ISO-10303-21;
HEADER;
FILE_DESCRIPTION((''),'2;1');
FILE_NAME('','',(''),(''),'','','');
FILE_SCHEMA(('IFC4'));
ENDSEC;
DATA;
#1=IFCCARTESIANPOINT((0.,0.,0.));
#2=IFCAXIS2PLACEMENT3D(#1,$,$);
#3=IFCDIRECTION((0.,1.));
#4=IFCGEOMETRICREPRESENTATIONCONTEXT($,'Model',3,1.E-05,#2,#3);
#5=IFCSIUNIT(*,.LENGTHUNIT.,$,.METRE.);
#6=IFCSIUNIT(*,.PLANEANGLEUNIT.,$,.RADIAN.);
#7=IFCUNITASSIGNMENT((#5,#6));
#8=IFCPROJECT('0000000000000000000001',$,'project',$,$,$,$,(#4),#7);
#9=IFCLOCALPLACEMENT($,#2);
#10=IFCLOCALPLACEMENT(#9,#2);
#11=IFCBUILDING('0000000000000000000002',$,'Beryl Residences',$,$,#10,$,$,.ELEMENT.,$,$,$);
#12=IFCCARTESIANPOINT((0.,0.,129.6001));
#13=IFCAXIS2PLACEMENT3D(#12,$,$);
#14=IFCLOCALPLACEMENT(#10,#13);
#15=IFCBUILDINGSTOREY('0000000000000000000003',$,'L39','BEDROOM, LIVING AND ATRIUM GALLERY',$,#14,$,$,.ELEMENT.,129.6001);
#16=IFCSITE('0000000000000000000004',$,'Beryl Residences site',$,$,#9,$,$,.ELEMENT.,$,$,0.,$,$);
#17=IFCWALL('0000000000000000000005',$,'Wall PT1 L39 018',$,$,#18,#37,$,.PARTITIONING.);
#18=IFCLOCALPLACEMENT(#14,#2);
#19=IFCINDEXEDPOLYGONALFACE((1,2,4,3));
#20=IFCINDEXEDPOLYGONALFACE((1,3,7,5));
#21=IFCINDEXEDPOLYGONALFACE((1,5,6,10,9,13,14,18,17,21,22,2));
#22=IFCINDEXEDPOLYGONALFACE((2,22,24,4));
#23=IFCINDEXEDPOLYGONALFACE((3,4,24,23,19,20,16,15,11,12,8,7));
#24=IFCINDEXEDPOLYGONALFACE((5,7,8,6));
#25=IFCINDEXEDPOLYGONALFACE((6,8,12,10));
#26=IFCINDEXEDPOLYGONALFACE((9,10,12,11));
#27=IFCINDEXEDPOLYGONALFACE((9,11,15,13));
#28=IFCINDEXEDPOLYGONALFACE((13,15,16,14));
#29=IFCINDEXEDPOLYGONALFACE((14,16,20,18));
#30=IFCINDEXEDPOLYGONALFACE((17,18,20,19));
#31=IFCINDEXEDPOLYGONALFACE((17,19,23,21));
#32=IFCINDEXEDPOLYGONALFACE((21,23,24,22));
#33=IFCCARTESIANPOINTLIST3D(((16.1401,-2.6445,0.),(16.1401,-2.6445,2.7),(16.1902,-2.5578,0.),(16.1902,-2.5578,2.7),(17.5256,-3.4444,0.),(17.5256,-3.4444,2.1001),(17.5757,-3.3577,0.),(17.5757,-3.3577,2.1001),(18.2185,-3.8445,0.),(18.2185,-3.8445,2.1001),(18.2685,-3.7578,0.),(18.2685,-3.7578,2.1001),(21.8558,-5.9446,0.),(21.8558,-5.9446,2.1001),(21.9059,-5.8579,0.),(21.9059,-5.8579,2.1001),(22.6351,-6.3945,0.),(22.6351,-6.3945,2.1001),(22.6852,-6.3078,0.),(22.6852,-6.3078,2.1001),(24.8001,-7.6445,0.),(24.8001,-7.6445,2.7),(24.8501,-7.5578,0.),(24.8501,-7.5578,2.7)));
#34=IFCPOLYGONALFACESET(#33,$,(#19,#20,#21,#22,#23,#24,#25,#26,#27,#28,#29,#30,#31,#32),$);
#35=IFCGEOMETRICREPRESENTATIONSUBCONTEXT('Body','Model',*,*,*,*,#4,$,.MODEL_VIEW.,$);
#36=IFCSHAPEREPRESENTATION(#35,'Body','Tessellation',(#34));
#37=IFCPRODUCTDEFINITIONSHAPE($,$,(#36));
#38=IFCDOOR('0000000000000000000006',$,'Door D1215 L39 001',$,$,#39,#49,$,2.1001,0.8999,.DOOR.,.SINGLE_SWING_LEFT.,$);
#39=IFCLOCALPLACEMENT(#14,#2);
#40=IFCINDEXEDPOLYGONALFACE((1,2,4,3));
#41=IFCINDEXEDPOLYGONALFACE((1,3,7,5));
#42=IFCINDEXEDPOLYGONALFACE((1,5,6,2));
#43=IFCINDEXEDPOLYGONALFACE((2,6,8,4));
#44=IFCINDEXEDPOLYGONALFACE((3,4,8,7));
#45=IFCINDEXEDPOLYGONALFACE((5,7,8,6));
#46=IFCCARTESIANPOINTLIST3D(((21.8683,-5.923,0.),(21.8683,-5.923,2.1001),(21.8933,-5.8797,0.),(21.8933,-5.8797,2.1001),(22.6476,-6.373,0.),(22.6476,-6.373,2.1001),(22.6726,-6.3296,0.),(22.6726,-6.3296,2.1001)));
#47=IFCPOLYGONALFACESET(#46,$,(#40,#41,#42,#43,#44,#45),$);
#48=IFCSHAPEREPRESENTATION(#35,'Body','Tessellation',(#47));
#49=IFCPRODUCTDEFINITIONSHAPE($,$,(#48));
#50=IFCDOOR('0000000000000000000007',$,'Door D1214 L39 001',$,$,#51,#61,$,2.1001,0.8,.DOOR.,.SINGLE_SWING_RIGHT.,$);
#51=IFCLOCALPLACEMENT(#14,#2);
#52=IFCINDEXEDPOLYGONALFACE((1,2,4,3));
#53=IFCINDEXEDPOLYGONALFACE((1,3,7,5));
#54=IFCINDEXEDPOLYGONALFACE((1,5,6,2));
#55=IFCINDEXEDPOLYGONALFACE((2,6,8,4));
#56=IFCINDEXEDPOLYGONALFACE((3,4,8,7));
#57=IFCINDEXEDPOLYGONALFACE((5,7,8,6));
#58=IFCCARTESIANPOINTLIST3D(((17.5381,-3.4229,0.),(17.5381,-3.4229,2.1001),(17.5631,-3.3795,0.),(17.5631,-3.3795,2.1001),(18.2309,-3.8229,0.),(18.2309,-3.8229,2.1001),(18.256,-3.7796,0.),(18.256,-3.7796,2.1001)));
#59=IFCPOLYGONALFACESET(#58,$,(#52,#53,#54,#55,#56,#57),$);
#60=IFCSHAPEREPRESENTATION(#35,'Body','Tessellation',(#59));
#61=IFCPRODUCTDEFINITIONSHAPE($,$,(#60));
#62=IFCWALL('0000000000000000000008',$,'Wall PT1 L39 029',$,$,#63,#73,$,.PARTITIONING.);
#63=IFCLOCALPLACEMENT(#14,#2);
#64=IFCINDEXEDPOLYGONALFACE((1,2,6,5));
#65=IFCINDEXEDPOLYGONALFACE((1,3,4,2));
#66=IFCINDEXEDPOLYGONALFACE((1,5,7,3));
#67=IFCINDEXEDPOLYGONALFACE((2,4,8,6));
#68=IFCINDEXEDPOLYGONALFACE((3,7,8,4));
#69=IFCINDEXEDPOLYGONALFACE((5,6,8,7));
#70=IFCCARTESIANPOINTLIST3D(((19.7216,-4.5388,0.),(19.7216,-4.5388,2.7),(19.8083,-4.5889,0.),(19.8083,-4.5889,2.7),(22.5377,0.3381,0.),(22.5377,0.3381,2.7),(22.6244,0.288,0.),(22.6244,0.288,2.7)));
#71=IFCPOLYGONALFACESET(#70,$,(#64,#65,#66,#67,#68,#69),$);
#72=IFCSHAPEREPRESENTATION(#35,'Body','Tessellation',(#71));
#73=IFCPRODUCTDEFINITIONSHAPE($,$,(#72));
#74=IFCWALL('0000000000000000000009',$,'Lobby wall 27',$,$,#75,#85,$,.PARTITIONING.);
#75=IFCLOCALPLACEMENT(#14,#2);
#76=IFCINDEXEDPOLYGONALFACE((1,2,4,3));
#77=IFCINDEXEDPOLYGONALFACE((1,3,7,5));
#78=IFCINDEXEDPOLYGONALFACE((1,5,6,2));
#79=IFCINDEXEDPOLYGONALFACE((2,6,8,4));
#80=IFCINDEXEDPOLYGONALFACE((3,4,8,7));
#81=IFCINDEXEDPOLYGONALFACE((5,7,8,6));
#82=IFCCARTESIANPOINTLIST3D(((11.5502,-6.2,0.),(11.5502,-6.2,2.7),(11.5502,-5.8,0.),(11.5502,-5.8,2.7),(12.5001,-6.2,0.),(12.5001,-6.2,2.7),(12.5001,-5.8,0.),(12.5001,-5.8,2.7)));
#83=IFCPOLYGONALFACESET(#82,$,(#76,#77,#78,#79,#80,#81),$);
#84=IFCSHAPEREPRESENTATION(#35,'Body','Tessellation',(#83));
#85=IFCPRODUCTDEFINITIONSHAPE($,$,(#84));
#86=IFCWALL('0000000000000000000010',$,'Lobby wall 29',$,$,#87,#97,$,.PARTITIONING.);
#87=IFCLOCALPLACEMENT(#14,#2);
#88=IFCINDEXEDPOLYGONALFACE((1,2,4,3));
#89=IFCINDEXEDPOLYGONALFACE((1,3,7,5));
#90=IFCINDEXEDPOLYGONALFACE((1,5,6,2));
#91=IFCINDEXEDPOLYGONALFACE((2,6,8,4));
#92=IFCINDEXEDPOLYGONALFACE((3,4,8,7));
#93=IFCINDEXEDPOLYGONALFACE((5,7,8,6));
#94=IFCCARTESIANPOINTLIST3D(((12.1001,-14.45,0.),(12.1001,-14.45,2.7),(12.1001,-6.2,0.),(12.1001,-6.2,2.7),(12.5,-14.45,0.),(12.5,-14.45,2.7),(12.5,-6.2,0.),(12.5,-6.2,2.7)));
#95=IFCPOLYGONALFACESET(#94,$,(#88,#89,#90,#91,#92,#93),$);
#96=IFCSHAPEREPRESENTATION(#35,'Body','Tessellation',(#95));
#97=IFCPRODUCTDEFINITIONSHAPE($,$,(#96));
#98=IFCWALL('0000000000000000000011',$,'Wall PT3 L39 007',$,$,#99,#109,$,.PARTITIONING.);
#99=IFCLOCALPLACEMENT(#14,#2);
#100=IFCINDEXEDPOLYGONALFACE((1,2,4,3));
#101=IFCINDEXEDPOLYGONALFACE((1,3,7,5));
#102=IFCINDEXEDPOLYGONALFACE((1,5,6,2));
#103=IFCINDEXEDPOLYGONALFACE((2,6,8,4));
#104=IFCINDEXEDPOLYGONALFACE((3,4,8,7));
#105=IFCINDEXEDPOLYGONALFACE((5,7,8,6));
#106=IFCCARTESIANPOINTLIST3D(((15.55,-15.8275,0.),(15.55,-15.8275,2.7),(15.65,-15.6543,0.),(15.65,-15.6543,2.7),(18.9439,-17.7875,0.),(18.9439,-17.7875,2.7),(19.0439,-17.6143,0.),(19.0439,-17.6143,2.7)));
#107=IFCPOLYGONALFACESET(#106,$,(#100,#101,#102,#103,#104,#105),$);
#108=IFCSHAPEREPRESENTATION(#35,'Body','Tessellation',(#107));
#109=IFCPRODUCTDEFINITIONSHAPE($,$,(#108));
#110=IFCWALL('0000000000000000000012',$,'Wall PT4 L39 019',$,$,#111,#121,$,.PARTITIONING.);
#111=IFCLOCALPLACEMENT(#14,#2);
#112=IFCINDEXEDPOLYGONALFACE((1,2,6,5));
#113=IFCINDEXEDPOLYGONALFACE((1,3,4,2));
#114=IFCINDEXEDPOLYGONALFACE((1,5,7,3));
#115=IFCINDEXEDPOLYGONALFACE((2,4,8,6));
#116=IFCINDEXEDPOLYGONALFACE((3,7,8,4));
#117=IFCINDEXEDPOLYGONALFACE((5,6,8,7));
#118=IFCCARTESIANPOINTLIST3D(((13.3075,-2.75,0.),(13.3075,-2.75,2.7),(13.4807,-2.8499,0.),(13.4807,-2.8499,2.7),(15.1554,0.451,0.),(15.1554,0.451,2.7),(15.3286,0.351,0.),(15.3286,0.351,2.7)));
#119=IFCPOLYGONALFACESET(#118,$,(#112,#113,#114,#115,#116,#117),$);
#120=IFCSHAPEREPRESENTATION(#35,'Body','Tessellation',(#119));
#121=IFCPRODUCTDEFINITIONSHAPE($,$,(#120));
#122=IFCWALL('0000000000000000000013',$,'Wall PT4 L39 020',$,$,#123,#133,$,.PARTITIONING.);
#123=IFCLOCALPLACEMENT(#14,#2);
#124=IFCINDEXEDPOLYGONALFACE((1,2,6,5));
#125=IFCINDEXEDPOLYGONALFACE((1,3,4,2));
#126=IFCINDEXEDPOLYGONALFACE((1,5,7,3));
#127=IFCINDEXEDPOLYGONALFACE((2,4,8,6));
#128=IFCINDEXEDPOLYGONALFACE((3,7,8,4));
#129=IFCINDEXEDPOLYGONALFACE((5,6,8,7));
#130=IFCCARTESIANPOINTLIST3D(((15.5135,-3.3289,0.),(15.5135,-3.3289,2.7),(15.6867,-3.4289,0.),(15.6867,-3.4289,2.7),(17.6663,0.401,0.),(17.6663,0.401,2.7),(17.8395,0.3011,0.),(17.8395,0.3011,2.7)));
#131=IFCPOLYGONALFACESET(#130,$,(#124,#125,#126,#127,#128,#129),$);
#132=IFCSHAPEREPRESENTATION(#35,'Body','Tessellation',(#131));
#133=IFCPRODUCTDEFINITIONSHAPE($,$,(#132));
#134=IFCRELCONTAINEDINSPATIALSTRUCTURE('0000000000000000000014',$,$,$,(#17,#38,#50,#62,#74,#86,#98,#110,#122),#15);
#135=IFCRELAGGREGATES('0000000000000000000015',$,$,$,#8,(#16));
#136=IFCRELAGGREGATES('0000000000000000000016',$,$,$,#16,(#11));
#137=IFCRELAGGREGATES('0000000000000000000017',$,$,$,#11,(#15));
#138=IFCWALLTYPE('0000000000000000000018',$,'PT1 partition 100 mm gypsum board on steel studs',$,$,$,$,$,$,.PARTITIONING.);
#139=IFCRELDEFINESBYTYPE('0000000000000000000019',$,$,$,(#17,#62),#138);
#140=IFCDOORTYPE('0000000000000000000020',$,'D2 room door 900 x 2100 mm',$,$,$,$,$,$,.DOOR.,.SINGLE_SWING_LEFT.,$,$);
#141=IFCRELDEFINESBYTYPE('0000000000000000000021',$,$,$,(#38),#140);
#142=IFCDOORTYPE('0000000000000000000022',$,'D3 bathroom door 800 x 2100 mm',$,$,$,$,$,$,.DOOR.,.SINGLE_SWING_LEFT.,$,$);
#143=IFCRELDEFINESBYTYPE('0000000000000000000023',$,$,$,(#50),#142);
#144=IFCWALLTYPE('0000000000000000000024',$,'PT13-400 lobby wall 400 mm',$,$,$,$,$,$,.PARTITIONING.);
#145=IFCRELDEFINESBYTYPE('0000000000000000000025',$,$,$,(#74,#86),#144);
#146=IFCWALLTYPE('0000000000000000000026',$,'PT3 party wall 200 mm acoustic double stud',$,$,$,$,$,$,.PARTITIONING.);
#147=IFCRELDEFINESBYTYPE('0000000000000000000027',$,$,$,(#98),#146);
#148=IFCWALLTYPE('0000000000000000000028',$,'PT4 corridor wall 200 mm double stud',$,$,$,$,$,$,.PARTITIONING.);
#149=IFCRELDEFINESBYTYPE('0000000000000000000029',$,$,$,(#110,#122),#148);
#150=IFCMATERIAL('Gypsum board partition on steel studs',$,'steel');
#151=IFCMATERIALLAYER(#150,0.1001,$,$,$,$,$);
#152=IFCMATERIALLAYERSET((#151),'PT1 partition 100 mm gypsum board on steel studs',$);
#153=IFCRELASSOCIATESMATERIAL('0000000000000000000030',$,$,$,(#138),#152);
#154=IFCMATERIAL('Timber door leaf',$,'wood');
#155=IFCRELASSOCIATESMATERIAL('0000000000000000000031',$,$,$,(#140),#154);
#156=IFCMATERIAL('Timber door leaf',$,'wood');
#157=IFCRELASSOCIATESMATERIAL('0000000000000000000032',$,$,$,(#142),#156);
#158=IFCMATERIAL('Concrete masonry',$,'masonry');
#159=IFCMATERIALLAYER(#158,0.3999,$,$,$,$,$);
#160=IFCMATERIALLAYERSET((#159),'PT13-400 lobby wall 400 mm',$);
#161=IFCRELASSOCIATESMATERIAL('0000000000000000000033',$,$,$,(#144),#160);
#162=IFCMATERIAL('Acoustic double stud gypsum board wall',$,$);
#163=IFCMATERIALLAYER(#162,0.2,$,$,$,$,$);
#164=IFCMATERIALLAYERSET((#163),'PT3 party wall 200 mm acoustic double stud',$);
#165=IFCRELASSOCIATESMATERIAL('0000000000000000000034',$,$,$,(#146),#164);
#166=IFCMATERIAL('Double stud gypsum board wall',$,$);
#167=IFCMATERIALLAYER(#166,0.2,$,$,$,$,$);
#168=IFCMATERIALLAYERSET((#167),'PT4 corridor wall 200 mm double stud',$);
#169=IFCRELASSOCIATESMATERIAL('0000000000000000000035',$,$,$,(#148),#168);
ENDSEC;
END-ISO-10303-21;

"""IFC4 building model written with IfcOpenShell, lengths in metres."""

from ifc_helpers import new_model, si_unit, direction, frame, frame_2d, origin, place, context, subcontext, project, spatial, rectangle, extrude, material, layer, layer_set, type_object, element, fill, save


model = new_model("IFC4")

# Units and contexts
model_context = context("Model", 3, precision=1e-05, world=origin(), true_north=direction((0.0, 1.0)))
body_context = subcontext(model_context, "Body", "Model", "MODEL_VIEW")
ifc_project = project(units=[si_unit("LENGTHUNIT", "METRE"), si_unit("PLANEANGLEUNIT", "RADIAN")], contexts=[model_context])

# Site, building, storey
site_placement = place(None, origin())
site = spatial("IfcSite", under=ifc_project, at=site_placement, Name="Beryl Residences site", CompositionType="ELEMENT", RefElevation=0.0)
building_placement = place(site_placement, origin())
building = spatial("IfcBuilding", under=site, at=building_placement, Name="Beryl Residences", CompositionType="ELEMENT")
storey_placement = place(building_placement, frame((0.0, 0.0, 129.6001)))
storey = spatial("IfcBuildingStorey", under=building, at=storey_placement, Name="L39", Description="BEDROOM, LIVING AND ATRIUM GALLERY", CompositionType="ELEMENT", Elevation=129.6001)

# Shared definitions
ifc_material_1 = material(Name="Gypsum board partition on steel studs", Category="steel")
ifc_layer_1 = layer(ifc_material_1, 0.1001)
ifc_layer_set_1 = layer_set([ifc_layer_1], Name="PT1 partition 100 mm gypsum board on steel studs")
wall_type_1 = type_object("IfcWallType", Name="PT1 partition 100 mm gypsum board on steel studs", PredefinedType="PARTITIONING", material=ifc_layer_set_1)
ifc_material_2 = material(Name="Timber door leaf", Category="wood")
door_type_1 = type_object("IfcDoorType", Name="D2 room door 900 x 2100 mm", OperationType="SINGLE_SWING_LEFT", PredefinedType="DOOR", material=ifc_material_2)

# Wall, openings, doors
wall_1_placement = place(storey_placement, frame((16.165, -2.6011, 0.0), z_axis=(0.0, 0.0, 1.0), x_axis=(0.866017, -0.500015, 0.0)))
wall_1 = element("IfcWall", 1, at=wall_1_placement, inside=storey, type_object=wall_type_1, Name="Wall PT1 L39 018", PredefinedType="PARTITIONING", context=body_context, shape_type="SweptSolid", body=[
    extrude(rectangle(XDim=9.9998, YDim=0.1001, at=frame_2d((5.0, 0.0))), origin(), (0.0, 0.0, 1.0), 2.7),
])
opening_1_placement = place(wall_1_placement, frame((1.6001, 0.0, 0.0)))
opening_1 = element("IfcOpeningElement", 2, at=opening_1_placement, cuts=wall_1, PredefinedType="OPENING", context=body_context, shape_type="SweptSolid", body=[
    extrude(rectangle(XDim=0.8, YDim=2.1001, at=frame_2d((0.3999, 1.05))), frame((0.0, 0.0601, 0.0), z_axis=(0.0, -1.0, 0.0), x_axis=(1.0, 0.0, 0.0)), (0.0, 0.0, 1.0), 0.1201),
])
opening_2_placement = place(wall_1_placement, frame((6.6001, 0.0, 0.0)))
opening_2 = element("IfcOpeningElement", 3, at=opening_2_placement, cuts=wall_1, PredefinedType="OPENING", context=body_context, shape_type="SweptSolid", body=[
    extrude(rectangle(XDim=0.8999, YDim=2.1001, at=frame_2d((0.45, 1.05))), frame((0.0, 0.0601, 0.0), z_axis=(0.0, -1.0, 0.0), x_axis=(1.0, 0.0, 0.0)), (0.0, 0.0, 1.0), 0.1201),
])
door_1_placement = place(opening_2_placement, origin())
door_1 = element("IfcDoor", 4, at=door_1_placement, inside=storey, type_object=door_type_1, Name="Door D1215 L39 001", OperationType="SINGLE_SWING_LEFT", OverallHeight=2.1001, OverallWidth=0.8999, PredefinedType="DOOR", context=body_context, shape_type="SweptSolid", body=[
    extrude(rectangle(XDim=0.8999, YDim=2.1001, at=frame_2d((0.45, 1.05))), frame((0.0, 0.0249, 0.0), z_axis=(0.0, -1.0, 0.0), x_axis=(1.0, 0.0, 0.0)), (0.0, 0.0, 1.0), 0.05),
])
fill(opening_2, door_1)
ifc_material_3 = material(Name="Timber door leaf", Category="wood")
door_type_2 = type_object("IfcDoorType", Name="D3 bathroom door 800 x 2100 mm", OperationType="SINGLE_SWING_LEFT", PredefinedType="DOOR", material=ifc_material_3)
door_2_placement = place(opening_1_placement, origin())
door_2 = element("IfcDoor", 5, at=door_2_placement, inside=storey, type_object=door_type_2, Name="Door D1214 L39 001", OperationType="SINGLE_SWING_RIGHT", OverallHeight=2.1001, OverallWidth=0.8, PredefinedType="DOOR", context=body_context, shape_type="SweptSolid", body=[
    extrude(rectangle(XDim=0.8, YDim=2.1001, at=frame_2d((0.3999, 1.05))), frame((0.0, 0.0249, 0.0), z_axis=(0.0, -1.0, 0.0), x_axis=(1.0, 0.0, 0.0)), (0.0, 0.0, 1.0), 0.05),
])
fill(opening_1, door_2)

# Walls
wall_2_placement = place(storey_placement, frame((19.7649, -4.564, 0.0), z_axis=(0.0, 0.0, 1.0), x_axis=(0.50006, 0.865991, 0.0)))
element("IfcWall", 6, at=wall_2_placement, inside=storey, type_object=wall_type_1, Name="Wall PT1 L39 029", PredefinedType="PARTITIONING", context=body_context, shape_type="SweptSolid", body=[
    extrude(rectangle(XDim=5.6316, YDim=0.1001, at=frame_2d((2.8159, 0.0))), origin(), (0.0, 0.0, 1.0), 2.7),
])
ifc_material_4 = material(Name="Concrete masonry", Category="masonry")
ifc_layer_2 = layer(ifc_material_4, 0.3999)
ifc_layer_set_2 = layer_set([ifc_layer_2], Name="PT13-400 lobby wall 400 mm")
wall_type_2 = type_object("IfcWallType", Name="PT13-400 lobby wall 400 mm", PredefinedType="PARTITIONING", material=ifc_layer_set_2)
wall_3_placement = place(storey_placement, frame((11.55, -6.0, 0.0), z_axis=(0.0, 0.0, 1.0), x_axis=(1.0, 0.0, 0.0)))
element("IfcWall", 7, at=wall_3_placement, inside=storey, type_object=wall_type_2, Name="Lobby wall 27", PredefinedType="PARTITIONING", context=body_context, shape_type="SweptSolid", body=[
    extrude(rectangle(XDim=0.95, YDim=0.3999, at=frame_2d((0.4751, 0.0))), origin(), (0.0, 0.0, 1.0), 2.7),
])
wall_4_placement = place(storey_placement, frame((12.3, -14.45, 0.0), z_axis=(0.0, 0.0, 1.0), x_axis=(0.0, 1.0, 0.0)))
element("IfcWall", 8, at=wall_4_placement, inside=storey, type_object=wall_type_2, Name="Lobby wall 29", PredefinedType="PARTITIONING", context=body_context, shape_type="SweptSolid", body=[
    extrude(rectangle(XDim=8.25, YDim=0.3999, at=frame_2d((4.125, 0.0))), origin(), (0.0, 0.0, 1.0), 2.7),
])
ifc_material_5 = material(Name="Acoustic double stud gypsum board wall")
ifc_layer_3 = layer(ifc_material_5, 0.2)
ifc_layer_set_3 = layer_set([ifc_layer_3], Name="PT3 party wall 200 mm acoustic double stud")
wall_type_3 = type_object("IfcWallType", Name="PT3 party wall 200 mm acoustic double stud", PredefinedType="PARTITIONING", material=ifc_layer_set_3)
wall_5_placement = place(storey_placement, frame((15.6001, -15.741, 0.0), z_axis=(0.0, 0.0, 1.0), x_axis=(0.865965, -0.500105, 0.0)))
element("IfcWall", 9, at=wall_5_placement, inside=storey, type_object=wall_type_3, Name="Wall PT3 L39 007", PredefinedType="PARTITIONING", context=body_context, shape_type="SweptSolid", body=[
    extrude(rectangle(XDim=3.9192, YDim=0.2, at=frame_2d((1.9595, 0.0))), origin(), (0.0, 0.0, 1.0), 2.7),
])
ifc_material_6 = material(Name="Double stud gypsum board wall")
ifc_layer_4 = layer(ifc_material_6, 0.2)
ifc_layer_set_4 = layer_set([ifc_layer_4], Name="PT4 corridor wall 200 mm double stud")
wall_type_4 = type_object("IfcWallType", Name="PT4 corridor wall 200 mm double stud", PredefinedType="PARTITIONING", material=ifc_layer_set_4)
wall_6_placement = place(storey_placement, frame((13.394, -2.8, 0.0), z_axis=(0.0, 0.0, 1.0), x_axis=(0.499968, 0.866044, 0.0)))
element("IfcWall", 10, at=wall_6_placement, inside=storey, type_object=wall_type_4, Name="Wall PT4 L39 019", PredefinedType="PARTITIONING", context=body_context, shape_type="SweptSolid", body=[
    extrude(rectangle(XDim=3.696, YDim=0.2, at=frame_2d((1.8481, 0.0))), origin(), (0.0, 0.0, 1.0), 2.7),
])
wall_7_placement = place(storey_placement, frame((15.6001, -3.3789, 0.0), z_axis=(0.0, 0.0, 1.0), x_axis=(0.499883, 0.866093, 0.0)))
element("IfcWall", 11, at=wall_7_placement, inside=storey, type_object=wall_type_4, Name="Wall PT4 L39 020", PredefinedType="PARTITIONING", context=body_context, shape_type="SweptSolid", body=[
    extrude(rectangle(XDim=4.3066, YDim=0.2, at=frame_2d((2.1533, 0.0))), origin(), (0.0, 0.0, 1.0), 2.7),
])

save(model, "model.ifc")
